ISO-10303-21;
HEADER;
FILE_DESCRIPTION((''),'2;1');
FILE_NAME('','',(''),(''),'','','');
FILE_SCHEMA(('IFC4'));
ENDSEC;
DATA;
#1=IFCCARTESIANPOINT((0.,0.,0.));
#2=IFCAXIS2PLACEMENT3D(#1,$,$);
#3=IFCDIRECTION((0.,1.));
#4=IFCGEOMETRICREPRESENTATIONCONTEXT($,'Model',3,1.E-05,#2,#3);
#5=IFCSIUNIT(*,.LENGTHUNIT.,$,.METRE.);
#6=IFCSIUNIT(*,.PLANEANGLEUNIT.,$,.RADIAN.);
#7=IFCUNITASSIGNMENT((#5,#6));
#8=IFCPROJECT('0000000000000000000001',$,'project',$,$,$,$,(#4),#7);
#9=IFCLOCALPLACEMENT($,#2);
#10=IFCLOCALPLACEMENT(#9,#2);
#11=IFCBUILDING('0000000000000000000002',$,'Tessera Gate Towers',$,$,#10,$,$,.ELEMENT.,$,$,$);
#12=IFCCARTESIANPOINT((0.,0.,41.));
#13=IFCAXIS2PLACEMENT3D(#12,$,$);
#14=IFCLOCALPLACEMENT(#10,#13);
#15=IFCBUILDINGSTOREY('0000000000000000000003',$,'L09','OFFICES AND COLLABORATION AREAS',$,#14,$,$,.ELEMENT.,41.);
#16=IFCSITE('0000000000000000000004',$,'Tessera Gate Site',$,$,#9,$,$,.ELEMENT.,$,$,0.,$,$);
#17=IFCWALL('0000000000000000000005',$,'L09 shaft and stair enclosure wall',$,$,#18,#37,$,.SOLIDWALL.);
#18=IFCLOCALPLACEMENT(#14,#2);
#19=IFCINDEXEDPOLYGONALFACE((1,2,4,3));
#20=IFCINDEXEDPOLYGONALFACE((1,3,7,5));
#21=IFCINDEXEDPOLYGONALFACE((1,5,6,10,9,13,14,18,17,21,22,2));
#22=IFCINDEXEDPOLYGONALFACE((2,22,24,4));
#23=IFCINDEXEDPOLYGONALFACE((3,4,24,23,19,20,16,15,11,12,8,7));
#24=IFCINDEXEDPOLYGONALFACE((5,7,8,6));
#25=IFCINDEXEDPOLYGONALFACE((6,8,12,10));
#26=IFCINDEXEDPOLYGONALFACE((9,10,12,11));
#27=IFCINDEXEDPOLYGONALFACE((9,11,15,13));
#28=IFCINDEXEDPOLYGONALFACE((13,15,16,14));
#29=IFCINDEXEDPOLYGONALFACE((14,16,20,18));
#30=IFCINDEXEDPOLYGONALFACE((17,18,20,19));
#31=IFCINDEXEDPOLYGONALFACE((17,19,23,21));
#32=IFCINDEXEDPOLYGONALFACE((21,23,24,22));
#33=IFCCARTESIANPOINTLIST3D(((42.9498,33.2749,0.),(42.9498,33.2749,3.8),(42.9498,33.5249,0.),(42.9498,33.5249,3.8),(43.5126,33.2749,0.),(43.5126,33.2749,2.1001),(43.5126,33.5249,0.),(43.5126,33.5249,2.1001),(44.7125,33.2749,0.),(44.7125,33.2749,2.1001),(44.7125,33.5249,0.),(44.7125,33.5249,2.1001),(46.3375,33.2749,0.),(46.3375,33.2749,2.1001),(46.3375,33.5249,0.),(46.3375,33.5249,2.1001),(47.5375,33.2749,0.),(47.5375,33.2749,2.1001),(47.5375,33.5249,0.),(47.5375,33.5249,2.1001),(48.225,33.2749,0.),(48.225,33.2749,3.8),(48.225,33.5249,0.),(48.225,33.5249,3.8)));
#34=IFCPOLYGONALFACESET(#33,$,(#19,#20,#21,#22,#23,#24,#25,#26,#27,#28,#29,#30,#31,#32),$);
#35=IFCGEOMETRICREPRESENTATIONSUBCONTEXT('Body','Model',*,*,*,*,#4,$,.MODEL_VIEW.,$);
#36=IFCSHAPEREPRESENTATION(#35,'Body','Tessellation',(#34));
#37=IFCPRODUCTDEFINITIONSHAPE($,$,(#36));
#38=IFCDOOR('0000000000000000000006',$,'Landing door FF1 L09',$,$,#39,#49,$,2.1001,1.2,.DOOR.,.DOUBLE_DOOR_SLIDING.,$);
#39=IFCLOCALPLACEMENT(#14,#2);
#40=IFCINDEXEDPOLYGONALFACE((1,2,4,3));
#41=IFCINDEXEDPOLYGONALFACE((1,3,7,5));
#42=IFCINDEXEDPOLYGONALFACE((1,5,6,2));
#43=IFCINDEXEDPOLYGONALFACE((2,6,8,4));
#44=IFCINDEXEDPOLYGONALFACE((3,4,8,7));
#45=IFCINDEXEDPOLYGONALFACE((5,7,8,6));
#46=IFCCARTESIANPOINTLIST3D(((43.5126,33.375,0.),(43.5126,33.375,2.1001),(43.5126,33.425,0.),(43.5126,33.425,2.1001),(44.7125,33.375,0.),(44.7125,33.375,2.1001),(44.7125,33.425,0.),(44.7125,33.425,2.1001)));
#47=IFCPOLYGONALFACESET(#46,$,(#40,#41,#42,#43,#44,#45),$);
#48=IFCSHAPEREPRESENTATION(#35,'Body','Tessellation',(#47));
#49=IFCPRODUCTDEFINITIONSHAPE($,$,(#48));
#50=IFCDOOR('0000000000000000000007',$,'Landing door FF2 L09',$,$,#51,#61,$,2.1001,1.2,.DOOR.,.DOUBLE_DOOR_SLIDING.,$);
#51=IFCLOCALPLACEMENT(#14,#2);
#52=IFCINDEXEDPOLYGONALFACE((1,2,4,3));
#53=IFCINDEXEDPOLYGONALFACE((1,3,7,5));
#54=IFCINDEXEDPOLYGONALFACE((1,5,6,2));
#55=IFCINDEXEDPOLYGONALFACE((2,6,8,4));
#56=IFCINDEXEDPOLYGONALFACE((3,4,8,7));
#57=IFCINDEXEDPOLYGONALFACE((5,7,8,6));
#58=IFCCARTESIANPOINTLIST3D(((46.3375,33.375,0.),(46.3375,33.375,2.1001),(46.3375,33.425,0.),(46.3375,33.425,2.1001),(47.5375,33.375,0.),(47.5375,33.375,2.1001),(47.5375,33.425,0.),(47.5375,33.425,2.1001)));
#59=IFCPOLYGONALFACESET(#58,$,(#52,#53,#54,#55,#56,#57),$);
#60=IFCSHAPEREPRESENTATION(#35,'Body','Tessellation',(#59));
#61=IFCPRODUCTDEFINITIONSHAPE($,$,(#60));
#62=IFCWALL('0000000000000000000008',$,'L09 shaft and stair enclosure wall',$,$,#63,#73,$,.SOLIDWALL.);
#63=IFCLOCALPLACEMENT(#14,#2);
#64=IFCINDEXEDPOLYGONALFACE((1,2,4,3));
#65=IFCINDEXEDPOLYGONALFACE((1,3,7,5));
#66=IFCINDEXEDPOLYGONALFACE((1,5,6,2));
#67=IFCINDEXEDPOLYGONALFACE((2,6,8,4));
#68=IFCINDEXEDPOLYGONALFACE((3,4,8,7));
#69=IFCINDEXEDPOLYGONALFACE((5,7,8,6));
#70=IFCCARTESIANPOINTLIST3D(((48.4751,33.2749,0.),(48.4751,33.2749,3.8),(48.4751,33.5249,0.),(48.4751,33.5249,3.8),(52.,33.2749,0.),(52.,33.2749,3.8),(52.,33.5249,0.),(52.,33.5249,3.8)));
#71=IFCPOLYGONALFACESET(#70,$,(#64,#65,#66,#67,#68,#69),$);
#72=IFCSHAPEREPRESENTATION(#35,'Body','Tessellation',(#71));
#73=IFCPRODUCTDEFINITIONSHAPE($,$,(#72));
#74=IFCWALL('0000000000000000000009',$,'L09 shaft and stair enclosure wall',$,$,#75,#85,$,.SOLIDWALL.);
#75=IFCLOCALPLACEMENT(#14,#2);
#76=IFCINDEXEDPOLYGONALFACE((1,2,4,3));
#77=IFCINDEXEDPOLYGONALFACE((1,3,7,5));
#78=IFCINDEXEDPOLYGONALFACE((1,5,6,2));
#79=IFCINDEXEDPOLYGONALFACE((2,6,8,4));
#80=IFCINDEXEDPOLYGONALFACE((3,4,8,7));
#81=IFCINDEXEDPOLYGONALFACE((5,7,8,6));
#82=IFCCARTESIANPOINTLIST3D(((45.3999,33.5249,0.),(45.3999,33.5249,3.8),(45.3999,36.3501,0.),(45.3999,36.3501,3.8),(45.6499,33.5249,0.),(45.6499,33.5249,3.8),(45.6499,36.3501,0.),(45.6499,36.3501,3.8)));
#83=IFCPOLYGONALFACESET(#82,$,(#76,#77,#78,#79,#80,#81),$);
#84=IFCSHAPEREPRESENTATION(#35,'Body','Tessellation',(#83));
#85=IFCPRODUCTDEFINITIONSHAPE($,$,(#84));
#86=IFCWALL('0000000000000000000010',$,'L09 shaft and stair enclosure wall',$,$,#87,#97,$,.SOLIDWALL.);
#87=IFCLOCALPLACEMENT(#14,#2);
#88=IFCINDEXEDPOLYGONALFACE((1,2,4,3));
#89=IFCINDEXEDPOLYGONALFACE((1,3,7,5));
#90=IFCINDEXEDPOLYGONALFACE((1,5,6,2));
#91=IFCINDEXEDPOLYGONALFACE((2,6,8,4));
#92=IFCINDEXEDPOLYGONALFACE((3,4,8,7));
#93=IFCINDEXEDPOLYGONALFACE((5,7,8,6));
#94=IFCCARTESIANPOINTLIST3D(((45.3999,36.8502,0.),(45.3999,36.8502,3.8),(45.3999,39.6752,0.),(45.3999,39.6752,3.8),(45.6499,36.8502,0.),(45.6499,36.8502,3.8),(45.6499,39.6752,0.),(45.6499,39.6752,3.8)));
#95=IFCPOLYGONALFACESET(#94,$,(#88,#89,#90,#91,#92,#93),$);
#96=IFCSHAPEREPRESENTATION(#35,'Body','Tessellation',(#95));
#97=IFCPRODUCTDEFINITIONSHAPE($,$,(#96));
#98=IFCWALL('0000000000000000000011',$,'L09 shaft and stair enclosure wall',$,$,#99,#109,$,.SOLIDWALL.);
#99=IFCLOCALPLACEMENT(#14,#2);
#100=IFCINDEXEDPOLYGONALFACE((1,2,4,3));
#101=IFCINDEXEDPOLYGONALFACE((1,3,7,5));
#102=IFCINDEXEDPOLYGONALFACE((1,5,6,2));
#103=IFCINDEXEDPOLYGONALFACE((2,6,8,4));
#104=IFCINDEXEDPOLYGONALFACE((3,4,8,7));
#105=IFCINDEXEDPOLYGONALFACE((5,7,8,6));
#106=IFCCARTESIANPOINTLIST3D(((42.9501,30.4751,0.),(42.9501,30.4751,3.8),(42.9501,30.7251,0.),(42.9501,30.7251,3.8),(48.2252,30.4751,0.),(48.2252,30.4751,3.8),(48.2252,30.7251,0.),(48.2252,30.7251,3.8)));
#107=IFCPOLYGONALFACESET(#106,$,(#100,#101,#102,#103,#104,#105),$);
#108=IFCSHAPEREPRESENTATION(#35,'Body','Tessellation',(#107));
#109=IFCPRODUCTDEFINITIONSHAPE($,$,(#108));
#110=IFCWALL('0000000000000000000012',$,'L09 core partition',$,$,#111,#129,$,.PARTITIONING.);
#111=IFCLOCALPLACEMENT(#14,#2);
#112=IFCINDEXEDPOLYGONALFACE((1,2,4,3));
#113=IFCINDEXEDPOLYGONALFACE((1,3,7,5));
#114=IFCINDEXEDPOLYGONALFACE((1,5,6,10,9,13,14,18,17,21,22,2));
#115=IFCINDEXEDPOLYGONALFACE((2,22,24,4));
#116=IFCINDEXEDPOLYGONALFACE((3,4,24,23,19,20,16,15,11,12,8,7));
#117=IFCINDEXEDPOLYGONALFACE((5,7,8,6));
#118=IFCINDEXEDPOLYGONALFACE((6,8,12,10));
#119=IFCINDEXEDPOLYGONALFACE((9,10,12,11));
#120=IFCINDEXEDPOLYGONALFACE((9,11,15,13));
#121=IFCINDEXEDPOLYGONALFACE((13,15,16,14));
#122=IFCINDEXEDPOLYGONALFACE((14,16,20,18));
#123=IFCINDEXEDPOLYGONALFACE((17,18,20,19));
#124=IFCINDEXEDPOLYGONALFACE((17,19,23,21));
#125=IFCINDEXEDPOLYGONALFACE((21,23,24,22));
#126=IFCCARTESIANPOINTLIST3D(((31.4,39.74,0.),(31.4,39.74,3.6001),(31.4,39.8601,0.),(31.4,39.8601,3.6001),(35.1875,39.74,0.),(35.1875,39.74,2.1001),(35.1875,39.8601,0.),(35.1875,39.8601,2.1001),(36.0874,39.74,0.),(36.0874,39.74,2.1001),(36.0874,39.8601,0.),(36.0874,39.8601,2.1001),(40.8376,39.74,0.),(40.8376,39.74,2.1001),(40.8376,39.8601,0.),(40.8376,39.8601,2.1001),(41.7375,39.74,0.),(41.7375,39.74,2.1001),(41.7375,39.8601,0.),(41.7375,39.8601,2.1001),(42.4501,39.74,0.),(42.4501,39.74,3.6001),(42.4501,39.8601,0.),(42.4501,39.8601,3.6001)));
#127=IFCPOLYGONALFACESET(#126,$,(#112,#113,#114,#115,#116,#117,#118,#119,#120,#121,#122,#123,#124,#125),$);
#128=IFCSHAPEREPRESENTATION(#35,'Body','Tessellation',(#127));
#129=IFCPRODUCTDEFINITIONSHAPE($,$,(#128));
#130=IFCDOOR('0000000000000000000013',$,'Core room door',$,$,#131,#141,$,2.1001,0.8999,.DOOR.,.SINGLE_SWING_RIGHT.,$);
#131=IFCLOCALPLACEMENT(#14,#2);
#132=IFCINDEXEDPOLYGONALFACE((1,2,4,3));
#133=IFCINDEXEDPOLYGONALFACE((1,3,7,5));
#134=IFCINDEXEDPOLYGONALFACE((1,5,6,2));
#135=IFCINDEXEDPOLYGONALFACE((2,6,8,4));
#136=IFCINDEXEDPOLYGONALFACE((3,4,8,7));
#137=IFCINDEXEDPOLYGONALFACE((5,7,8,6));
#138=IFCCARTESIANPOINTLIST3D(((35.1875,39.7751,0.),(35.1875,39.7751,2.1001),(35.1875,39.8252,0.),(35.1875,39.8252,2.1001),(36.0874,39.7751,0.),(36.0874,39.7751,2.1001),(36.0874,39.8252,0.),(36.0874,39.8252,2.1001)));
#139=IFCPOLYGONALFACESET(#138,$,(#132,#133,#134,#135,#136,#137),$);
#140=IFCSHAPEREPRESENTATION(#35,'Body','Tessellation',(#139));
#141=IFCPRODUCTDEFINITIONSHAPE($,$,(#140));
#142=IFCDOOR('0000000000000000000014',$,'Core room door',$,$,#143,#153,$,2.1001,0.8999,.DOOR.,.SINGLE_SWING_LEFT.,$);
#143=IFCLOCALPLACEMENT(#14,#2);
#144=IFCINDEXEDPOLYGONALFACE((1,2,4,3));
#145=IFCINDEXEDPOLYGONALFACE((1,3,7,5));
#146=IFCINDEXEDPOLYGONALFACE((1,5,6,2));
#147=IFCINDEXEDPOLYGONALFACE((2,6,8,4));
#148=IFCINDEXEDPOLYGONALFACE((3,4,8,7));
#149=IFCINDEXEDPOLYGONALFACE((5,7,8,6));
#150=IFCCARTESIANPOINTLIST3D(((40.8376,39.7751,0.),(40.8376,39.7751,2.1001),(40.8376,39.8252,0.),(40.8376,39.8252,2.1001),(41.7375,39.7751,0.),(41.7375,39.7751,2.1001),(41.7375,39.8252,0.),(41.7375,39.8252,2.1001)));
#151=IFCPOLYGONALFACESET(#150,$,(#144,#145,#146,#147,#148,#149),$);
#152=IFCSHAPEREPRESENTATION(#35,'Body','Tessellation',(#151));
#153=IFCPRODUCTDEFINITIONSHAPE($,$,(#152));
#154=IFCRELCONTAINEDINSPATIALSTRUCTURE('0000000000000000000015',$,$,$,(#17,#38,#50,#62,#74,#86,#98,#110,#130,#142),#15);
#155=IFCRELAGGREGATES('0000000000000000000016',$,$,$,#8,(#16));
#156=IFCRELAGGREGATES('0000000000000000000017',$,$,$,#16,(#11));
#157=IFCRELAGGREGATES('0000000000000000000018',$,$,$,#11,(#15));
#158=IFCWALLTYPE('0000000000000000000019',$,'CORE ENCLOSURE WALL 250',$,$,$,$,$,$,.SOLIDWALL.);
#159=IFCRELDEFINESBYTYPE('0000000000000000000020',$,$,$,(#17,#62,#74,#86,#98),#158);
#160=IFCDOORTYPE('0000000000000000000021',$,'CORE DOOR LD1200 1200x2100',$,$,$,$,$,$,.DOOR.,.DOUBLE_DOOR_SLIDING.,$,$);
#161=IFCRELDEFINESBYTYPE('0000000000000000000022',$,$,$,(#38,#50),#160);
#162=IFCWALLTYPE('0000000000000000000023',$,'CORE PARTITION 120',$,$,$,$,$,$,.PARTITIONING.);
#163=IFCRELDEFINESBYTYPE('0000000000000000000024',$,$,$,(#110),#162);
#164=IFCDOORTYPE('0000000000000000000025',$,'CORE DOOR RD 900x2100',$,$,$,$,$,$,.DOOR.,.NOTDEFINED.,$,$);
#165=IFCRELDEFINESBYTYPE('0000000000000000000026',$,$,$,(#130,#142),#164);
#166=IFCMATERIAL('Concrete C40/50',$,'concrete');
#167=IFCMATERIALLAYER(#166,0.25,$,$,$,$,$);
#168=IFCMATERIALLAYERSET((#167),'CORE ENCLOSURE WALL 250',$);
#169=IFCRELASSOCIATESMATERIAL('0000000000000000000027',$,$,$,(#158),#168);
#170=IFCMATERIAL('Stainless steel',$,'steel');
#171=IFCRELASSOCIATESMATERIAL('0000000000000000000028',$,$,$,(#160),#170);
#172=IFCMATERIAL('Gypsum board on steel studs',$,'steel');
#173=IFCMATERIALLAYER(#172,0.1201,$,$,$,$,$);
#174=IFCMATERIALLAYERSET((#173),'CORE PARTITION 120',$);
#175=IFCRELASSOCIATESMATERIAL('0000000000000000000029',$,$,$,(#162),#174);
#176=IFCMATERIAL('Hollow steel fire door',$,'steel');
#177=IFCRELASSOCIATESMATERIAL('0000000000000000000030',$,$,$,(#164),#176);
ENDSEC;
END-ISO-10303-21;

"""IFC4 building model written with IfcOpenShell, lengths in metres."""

from ifc_helpers import new_model, si_unit, direction, frame, frame_2d, origin, place, context, subcontext, project, spatial, rectangle, extrude, source, transform, mapped, material, layer, layer_set, type_object, element, fill, save


model = new_model("IFC4")

# Units and contexts
model_context = context("Model", 3, precision=1e-05, world=origin(), true_north=direction((0.0, 1.0)))
body_context = subcontext(model_context, "Body", "Model", "MODEL_VIEW")
ifc_project = project(units=[si_unit("LENGTHUNIT", "METRE"), si_unit("PLANEANGLEUNIT", "RADIAN")], contexts=[model_context])

# Site, building, storey
site_placement = place(None, origin())
site = spatial("IfcSite", under=ifc_project, at=site_placement, Name="Tessera Gate Site", CompositionType="ELEMENT", RefElevation=0.0)
building_placement = place(site_placement, origin())
building = spatial("IfcBuilding", under=site, at=building_placement, Name="Tessera Gate Towers", CompositionType="ELEMENT")
storey_placement = place(building_placement, frame((0.0, 0.0, 41.0)))
storey = spatial("IfcBuildingStorey", under=building, at=storey_placement, Name="L09", Description="OFFICES AND COLLABORATION AREAS", CompositionType="ELEMENT", Elevation=41.0)

# Shared definitions
ifc_material_1 = material(Name="Concrete C40/50", Category="concrete")
ifc_layer_1 = layer(ifc_material_1, 0.25)
ifc_layer_set_1 = layer_set([ifc_layer_1], Name="CORE ENCLOSURE WALL 250")
wall_type_1 = type_object("IfcWallType", Name="CORE ENCLOSURE WALL 250", PredefinedType="SOLIDWALL", material=ifc_layer_set_1)
shared_shape_1 = source(origin(), body_context, "Body", "SweptSolid", [
    extrude(rectangle(XDim=1.2, YDim=2.1001, at=frame_2d((0.6001, 1.05))), frame((0.0, 0.135, 0.0), z_axis=(0.0, -1.0, 0.0), x_axis=(1.0, 0.0, 0.0)), (0.0, 0.0, 1.0), 0.27),
])
shared_shape_2 = source(origin(), body_context, "Body", "SweptSolid", [
    extrude(rectangle(XDim=1.2, YDim=2.1001, at=frame_2d((0.6001, 1.05))), frame((0.0, 0.0249, 0.0), z_axis=(0.0, -1.0, 0.0), x_axis=(1.0, 0.0, 0.0)), (0.0, 0.0, 1.0), 0.05),
])

# Wall, openings, doors
wall_1_placement = place(storey_placement, frame((48.2251, 33.3999, 0.0), z_axis=(0.0, 0.0, 1.0), x_axis=(-1.0, 0.0, 0.0)))
wall_1 = element("IfcWall", 1, at=wall_1_placement, inside=storey, type_object=wall_type_1, Name="L09 shaft and stair enclosure wall", PredefinedType="SOLIDWALL", context=body_context, shape_type="SweptSolid", body=[
    extrude(rectangle(XDim=5.2751, YDim=0.25, at=frame_2d((2.6377, 0.0))), origin(), (0.0, 0.0, 1.0), 3.8),
])
opening_1_placement = place(wall_1_placement, frame((3.5125, 0.0, 0.0)))
opening_1 = element("IfcOpeningElement", 2, at=opening_1_placement, cuts=wall_1, PredefinedType="OPENING", context=body_context, shape_type="MappedRepresentation", body=[
    mapped(shared_shape_1, transform((0.0, 0.0, 0.0), scale=1.0)),
])
opening_2_placement = place(wall_1_placement, frame((0.6875, 0.0, 0.0)))
opening_2 = element("IfcOpeningElement", 3, at=opening_2_placement, cuts=wall_1, PredefinedType="OPENING", context=body_context, shape_type="MappedRepresentation", body=[
    mapped(shared_shape_1, transform((0.0, 0.0, 0.0), scale=1.0)),
])
ifc_material_2 = material(Name="Stainless steel", Category="steel")
door_type_1 = type_object("IfcDoorType", Name="CORE DOOR LD1200 1200x2100", OperationType="DOUBLE_DOOR_SLIDING", PredefinedType="DOOR", material=ifc_material_2)
door_1_placement = place(opening_1_placement, origin())
door_1 = element("IfcDoor", 4, at=door_1_placement, inside=storey, type_object=door_type_1, Name="Landing door FF1 L09", OperationType="DOUBLE_DOOR_SLIDING", OverallHeight=2.1001, OverallWidth=1.2, PredefinedType="DOOR", context=body_context, shape_type="MappedRepresentation", body=[
    mapped(shared_shape_2, transform((0.0, 0.0, 0.0), scale=1.0)),
])
fill(opening_1, door_1)
door_2_placement = place(opening_2_placement, origin())
door_2 = element("IfcDoor", 5, at=door_2_placement, inside=storey, type_object=door_type_1, Name="Landing door FF2 L09", OperationType="DOUBLE_DOOR_SLIDING", OverallHeight=2.1001, OverallWidth=1.2, PredefinedType="DOOR", context=body_context, shape_type="MappedRepresentation", body=[
    mapped(shared_shape_2, transform((0.0, 0.0, 0.0), scale=1.0)),
])
fill(opening_2, door_2)

# Walls
wall_2_placement = place(storey_placement, frame((48.4751, 33.3999, 0.0), z_axis=(0.0, 0.0, 1.0), x_axis=(1.0, 0.0, 0.0)))
element("IfcWall", 6, at=wall_2_placement, inside=storey, type_object=wall_type_1, Name="L09 shaft and stair enclosure wall", PredefinedType="SOLIDWALL", context=body_context, shape_type="SweptSolid", body=[
    extrude(rectangle(XDim=3.5249, YDim=0.25, at=frame_2d((1.7625, 0.0))), origin(), (0.0, 0.0, 1.0), 3.8),
])
wall_3_placement = place(storey_placement, frame((45.5249, 33.5249, 0.0), z_axis=(0.0, 0.0, 1.0), x_axis=(0.0, 1.0, 0.0)))
element("IfcWall", 7, at=wall_3_placement, inside=storey, type_object=wall_type_1, Name="L09 shaft and stair enclosure wall", PredefinedType="SOLIDWALL", context=body_context, shape_type="SweptSolid", body=[
    extrude(rectangle(XDim=2.8252, YDim=0.25, at=frame_2d((1.4126, 0.0))), origin(), (0.0, 0.0, 1.0), 3.8),
])
wall_4_placement = place(storey_placement, frame((45.5249, 36.8501, 0.0), z_axis=(0.0, 0.0, 1.0), x_axis=(0.0, 1.0, 0.0)))
element("IfcWall", 8, at=wall_4_placement, inside=storey, type_object=wall_type_1, Name="L09 shaft and stair enclosure wall", PredefinedType="SOLIDWALL", context=body_context, shape_type="SweptSolid", body=[
    extrude(rectangle(XDim=2.825, YDim=0.25, at=frame_2d((1.4126, 0.0))), origin(), (0.0, 0.0, 1.0), 3.8),
])
wall_5_placement = place(storey_placement, frame((42.95, 30.6001, 0.0), z_axis=(0.0, 0.0, 1.0), x_axis=(1.0, 0.0, 0.0)))
element("IfcWall", 9, at=wall_5_placement, inside=storey, type_object=wall_type_1, Name="L09 shaft and stair enclosure wall", PredefinedType="SOLIDWALL", context=body_context, shape_type="SweptSolid", body=[
    extrude(rectangle(XDim=5.2751, YDim=0.25, at=frame_2d((2.6377, 0.0))), origin(), (0.0, 0.0, 1.0), 3.8),
])

# Wall, openings, doors
ifc_material_3 = material(Name="Gypsum board on steel studs", Category="steel")
ifc_layer_2 = layer(ifc_material_3, 0.1201)
ifc_layer_set_2 = layer_set([ifc_layer_2], Name="CORE PARTITION 120")
wall_type_2 = type_object("IfcWallType", Name="CORE PARTITION 120", PredefinedType="PARTITIONING", material=ifc_layer_set_2)
wall_6_placement = place(storey_placement, frame((42.45, 39.8, 0.0), z_axis=(0.0, 0.0, 1.0), x_axis=(-1.0, 0.0, 0.0)))
wall_6 = element("IfcWall", 10, at=wall_6_placement, inside=storey, type_object=wall_type_2, Name="L09 core partition", PredefinedType="PARTITIONING", context=body_context, shape_type="SweptSolid", body=[
    extrude(rectangle(XDim=11.05, YDim=0.1201, at=frame_2d((5.5249, 0.0))), origin(), (0.0, 0.0, 1.0), 3.6001),
])
shared_shape_3 = source(origin(), body_context, "Body", "SweptSolid", [
    extrude(rectangle(XDim=0.8999, YDim=2.1001, at=frame_2d((0.45, 1.05))), frame((0.0, 0.0701, 0.0), z_axis=(0.0, -1.0, 0.0), x_axis=(1.0, 0.0, 0.0)), (0.0, 0.0, 1.0), 0.1401),
])
opening_3_placement = place(wall_6_placement, frame((6.3625, 0.0, 0.0)))
opening_3 = element("IfcOpeningElement", 11, at=opening_3_placement, cuts=wall_6, PredefinedType="OPENING", context=body_context, shape_type="MappedRepresentation", body=[
    mapped(shared_shape_3, transform((0.0, 0.0, 0.0), scale=1.0)),
])
opening_4_placement = place(wall_6_placement, frame((0.7124, 0.0, 0.0)))
opening_4 = element("IfcOpeningElement", 12, at=opening_4_placement, cuts=wall_6, PredefinedType="OPENING", context=body_context, shape_type="MappedRepresentation", body=[
    mapped(shared_shape_3, transform((0.0, 0.0, 0.0), scale=1.0)),
])
ifc_material_4 = material(Name="Hollow steel fire door", Category="steel")
door_type_2 = type_object("IfcDoorType", Name="CORE DOOR RD 900x2100", OperationType="NOTDEFINED", PredefinedType="DOOR", material=ifc_material_4)
shared_shape_4 = source(origin(), body_context, "Body", "SweptSolid", [
    extrude(rectangle(XDim=0.8999, YDim=2.1001, at=frame_2d((0.45, 1.05))), frame((0.0, 0.0249, 0.0), z_axis=(0.0, -1.0, 0.0), x_axis=(1.0, 0.0, 0.0)), (0.0, 0.0, 1.0), 0.05),
])
door_3_placement = place(opening_3_placement, origin())
door_3 = element("IfcDoor", 13, at=door_3_placement, inside=storey, type_object=door_type_2, Name="Core room door", OperationType="SINGLE_SWING_RIGHT", OverallHeight=2.1001, OverallWidth=0.8999, PredefinedType="DOOR", context=body_context, shape_type="MappedRepresentation", body=[
    mapped(shared_shape_4, transform((0.0, 0.0, 0.0), scale=1.0)),
])
fill(opening_3, door_3)
door_4_placement = place(opening_4_placement, origin())
door_4 = element("IfcDoor", 14, at=door_4_placement, inside=storey, type_object=door_type_2, Name="Core room door", OperationType="SINGLE_SWING_LEFT", OverallHeight=2.1001, OverallWidth=0.8999, PredefinedType="DOOR", context=body_context, shape_type="MappedRepresentation", body=[
    mapped(shared_shape_4, transform((0.0, 0.0, 0.0), scale=1.0)),
])
fill(opening_4, door_4)

save(model, "model.ifc")
